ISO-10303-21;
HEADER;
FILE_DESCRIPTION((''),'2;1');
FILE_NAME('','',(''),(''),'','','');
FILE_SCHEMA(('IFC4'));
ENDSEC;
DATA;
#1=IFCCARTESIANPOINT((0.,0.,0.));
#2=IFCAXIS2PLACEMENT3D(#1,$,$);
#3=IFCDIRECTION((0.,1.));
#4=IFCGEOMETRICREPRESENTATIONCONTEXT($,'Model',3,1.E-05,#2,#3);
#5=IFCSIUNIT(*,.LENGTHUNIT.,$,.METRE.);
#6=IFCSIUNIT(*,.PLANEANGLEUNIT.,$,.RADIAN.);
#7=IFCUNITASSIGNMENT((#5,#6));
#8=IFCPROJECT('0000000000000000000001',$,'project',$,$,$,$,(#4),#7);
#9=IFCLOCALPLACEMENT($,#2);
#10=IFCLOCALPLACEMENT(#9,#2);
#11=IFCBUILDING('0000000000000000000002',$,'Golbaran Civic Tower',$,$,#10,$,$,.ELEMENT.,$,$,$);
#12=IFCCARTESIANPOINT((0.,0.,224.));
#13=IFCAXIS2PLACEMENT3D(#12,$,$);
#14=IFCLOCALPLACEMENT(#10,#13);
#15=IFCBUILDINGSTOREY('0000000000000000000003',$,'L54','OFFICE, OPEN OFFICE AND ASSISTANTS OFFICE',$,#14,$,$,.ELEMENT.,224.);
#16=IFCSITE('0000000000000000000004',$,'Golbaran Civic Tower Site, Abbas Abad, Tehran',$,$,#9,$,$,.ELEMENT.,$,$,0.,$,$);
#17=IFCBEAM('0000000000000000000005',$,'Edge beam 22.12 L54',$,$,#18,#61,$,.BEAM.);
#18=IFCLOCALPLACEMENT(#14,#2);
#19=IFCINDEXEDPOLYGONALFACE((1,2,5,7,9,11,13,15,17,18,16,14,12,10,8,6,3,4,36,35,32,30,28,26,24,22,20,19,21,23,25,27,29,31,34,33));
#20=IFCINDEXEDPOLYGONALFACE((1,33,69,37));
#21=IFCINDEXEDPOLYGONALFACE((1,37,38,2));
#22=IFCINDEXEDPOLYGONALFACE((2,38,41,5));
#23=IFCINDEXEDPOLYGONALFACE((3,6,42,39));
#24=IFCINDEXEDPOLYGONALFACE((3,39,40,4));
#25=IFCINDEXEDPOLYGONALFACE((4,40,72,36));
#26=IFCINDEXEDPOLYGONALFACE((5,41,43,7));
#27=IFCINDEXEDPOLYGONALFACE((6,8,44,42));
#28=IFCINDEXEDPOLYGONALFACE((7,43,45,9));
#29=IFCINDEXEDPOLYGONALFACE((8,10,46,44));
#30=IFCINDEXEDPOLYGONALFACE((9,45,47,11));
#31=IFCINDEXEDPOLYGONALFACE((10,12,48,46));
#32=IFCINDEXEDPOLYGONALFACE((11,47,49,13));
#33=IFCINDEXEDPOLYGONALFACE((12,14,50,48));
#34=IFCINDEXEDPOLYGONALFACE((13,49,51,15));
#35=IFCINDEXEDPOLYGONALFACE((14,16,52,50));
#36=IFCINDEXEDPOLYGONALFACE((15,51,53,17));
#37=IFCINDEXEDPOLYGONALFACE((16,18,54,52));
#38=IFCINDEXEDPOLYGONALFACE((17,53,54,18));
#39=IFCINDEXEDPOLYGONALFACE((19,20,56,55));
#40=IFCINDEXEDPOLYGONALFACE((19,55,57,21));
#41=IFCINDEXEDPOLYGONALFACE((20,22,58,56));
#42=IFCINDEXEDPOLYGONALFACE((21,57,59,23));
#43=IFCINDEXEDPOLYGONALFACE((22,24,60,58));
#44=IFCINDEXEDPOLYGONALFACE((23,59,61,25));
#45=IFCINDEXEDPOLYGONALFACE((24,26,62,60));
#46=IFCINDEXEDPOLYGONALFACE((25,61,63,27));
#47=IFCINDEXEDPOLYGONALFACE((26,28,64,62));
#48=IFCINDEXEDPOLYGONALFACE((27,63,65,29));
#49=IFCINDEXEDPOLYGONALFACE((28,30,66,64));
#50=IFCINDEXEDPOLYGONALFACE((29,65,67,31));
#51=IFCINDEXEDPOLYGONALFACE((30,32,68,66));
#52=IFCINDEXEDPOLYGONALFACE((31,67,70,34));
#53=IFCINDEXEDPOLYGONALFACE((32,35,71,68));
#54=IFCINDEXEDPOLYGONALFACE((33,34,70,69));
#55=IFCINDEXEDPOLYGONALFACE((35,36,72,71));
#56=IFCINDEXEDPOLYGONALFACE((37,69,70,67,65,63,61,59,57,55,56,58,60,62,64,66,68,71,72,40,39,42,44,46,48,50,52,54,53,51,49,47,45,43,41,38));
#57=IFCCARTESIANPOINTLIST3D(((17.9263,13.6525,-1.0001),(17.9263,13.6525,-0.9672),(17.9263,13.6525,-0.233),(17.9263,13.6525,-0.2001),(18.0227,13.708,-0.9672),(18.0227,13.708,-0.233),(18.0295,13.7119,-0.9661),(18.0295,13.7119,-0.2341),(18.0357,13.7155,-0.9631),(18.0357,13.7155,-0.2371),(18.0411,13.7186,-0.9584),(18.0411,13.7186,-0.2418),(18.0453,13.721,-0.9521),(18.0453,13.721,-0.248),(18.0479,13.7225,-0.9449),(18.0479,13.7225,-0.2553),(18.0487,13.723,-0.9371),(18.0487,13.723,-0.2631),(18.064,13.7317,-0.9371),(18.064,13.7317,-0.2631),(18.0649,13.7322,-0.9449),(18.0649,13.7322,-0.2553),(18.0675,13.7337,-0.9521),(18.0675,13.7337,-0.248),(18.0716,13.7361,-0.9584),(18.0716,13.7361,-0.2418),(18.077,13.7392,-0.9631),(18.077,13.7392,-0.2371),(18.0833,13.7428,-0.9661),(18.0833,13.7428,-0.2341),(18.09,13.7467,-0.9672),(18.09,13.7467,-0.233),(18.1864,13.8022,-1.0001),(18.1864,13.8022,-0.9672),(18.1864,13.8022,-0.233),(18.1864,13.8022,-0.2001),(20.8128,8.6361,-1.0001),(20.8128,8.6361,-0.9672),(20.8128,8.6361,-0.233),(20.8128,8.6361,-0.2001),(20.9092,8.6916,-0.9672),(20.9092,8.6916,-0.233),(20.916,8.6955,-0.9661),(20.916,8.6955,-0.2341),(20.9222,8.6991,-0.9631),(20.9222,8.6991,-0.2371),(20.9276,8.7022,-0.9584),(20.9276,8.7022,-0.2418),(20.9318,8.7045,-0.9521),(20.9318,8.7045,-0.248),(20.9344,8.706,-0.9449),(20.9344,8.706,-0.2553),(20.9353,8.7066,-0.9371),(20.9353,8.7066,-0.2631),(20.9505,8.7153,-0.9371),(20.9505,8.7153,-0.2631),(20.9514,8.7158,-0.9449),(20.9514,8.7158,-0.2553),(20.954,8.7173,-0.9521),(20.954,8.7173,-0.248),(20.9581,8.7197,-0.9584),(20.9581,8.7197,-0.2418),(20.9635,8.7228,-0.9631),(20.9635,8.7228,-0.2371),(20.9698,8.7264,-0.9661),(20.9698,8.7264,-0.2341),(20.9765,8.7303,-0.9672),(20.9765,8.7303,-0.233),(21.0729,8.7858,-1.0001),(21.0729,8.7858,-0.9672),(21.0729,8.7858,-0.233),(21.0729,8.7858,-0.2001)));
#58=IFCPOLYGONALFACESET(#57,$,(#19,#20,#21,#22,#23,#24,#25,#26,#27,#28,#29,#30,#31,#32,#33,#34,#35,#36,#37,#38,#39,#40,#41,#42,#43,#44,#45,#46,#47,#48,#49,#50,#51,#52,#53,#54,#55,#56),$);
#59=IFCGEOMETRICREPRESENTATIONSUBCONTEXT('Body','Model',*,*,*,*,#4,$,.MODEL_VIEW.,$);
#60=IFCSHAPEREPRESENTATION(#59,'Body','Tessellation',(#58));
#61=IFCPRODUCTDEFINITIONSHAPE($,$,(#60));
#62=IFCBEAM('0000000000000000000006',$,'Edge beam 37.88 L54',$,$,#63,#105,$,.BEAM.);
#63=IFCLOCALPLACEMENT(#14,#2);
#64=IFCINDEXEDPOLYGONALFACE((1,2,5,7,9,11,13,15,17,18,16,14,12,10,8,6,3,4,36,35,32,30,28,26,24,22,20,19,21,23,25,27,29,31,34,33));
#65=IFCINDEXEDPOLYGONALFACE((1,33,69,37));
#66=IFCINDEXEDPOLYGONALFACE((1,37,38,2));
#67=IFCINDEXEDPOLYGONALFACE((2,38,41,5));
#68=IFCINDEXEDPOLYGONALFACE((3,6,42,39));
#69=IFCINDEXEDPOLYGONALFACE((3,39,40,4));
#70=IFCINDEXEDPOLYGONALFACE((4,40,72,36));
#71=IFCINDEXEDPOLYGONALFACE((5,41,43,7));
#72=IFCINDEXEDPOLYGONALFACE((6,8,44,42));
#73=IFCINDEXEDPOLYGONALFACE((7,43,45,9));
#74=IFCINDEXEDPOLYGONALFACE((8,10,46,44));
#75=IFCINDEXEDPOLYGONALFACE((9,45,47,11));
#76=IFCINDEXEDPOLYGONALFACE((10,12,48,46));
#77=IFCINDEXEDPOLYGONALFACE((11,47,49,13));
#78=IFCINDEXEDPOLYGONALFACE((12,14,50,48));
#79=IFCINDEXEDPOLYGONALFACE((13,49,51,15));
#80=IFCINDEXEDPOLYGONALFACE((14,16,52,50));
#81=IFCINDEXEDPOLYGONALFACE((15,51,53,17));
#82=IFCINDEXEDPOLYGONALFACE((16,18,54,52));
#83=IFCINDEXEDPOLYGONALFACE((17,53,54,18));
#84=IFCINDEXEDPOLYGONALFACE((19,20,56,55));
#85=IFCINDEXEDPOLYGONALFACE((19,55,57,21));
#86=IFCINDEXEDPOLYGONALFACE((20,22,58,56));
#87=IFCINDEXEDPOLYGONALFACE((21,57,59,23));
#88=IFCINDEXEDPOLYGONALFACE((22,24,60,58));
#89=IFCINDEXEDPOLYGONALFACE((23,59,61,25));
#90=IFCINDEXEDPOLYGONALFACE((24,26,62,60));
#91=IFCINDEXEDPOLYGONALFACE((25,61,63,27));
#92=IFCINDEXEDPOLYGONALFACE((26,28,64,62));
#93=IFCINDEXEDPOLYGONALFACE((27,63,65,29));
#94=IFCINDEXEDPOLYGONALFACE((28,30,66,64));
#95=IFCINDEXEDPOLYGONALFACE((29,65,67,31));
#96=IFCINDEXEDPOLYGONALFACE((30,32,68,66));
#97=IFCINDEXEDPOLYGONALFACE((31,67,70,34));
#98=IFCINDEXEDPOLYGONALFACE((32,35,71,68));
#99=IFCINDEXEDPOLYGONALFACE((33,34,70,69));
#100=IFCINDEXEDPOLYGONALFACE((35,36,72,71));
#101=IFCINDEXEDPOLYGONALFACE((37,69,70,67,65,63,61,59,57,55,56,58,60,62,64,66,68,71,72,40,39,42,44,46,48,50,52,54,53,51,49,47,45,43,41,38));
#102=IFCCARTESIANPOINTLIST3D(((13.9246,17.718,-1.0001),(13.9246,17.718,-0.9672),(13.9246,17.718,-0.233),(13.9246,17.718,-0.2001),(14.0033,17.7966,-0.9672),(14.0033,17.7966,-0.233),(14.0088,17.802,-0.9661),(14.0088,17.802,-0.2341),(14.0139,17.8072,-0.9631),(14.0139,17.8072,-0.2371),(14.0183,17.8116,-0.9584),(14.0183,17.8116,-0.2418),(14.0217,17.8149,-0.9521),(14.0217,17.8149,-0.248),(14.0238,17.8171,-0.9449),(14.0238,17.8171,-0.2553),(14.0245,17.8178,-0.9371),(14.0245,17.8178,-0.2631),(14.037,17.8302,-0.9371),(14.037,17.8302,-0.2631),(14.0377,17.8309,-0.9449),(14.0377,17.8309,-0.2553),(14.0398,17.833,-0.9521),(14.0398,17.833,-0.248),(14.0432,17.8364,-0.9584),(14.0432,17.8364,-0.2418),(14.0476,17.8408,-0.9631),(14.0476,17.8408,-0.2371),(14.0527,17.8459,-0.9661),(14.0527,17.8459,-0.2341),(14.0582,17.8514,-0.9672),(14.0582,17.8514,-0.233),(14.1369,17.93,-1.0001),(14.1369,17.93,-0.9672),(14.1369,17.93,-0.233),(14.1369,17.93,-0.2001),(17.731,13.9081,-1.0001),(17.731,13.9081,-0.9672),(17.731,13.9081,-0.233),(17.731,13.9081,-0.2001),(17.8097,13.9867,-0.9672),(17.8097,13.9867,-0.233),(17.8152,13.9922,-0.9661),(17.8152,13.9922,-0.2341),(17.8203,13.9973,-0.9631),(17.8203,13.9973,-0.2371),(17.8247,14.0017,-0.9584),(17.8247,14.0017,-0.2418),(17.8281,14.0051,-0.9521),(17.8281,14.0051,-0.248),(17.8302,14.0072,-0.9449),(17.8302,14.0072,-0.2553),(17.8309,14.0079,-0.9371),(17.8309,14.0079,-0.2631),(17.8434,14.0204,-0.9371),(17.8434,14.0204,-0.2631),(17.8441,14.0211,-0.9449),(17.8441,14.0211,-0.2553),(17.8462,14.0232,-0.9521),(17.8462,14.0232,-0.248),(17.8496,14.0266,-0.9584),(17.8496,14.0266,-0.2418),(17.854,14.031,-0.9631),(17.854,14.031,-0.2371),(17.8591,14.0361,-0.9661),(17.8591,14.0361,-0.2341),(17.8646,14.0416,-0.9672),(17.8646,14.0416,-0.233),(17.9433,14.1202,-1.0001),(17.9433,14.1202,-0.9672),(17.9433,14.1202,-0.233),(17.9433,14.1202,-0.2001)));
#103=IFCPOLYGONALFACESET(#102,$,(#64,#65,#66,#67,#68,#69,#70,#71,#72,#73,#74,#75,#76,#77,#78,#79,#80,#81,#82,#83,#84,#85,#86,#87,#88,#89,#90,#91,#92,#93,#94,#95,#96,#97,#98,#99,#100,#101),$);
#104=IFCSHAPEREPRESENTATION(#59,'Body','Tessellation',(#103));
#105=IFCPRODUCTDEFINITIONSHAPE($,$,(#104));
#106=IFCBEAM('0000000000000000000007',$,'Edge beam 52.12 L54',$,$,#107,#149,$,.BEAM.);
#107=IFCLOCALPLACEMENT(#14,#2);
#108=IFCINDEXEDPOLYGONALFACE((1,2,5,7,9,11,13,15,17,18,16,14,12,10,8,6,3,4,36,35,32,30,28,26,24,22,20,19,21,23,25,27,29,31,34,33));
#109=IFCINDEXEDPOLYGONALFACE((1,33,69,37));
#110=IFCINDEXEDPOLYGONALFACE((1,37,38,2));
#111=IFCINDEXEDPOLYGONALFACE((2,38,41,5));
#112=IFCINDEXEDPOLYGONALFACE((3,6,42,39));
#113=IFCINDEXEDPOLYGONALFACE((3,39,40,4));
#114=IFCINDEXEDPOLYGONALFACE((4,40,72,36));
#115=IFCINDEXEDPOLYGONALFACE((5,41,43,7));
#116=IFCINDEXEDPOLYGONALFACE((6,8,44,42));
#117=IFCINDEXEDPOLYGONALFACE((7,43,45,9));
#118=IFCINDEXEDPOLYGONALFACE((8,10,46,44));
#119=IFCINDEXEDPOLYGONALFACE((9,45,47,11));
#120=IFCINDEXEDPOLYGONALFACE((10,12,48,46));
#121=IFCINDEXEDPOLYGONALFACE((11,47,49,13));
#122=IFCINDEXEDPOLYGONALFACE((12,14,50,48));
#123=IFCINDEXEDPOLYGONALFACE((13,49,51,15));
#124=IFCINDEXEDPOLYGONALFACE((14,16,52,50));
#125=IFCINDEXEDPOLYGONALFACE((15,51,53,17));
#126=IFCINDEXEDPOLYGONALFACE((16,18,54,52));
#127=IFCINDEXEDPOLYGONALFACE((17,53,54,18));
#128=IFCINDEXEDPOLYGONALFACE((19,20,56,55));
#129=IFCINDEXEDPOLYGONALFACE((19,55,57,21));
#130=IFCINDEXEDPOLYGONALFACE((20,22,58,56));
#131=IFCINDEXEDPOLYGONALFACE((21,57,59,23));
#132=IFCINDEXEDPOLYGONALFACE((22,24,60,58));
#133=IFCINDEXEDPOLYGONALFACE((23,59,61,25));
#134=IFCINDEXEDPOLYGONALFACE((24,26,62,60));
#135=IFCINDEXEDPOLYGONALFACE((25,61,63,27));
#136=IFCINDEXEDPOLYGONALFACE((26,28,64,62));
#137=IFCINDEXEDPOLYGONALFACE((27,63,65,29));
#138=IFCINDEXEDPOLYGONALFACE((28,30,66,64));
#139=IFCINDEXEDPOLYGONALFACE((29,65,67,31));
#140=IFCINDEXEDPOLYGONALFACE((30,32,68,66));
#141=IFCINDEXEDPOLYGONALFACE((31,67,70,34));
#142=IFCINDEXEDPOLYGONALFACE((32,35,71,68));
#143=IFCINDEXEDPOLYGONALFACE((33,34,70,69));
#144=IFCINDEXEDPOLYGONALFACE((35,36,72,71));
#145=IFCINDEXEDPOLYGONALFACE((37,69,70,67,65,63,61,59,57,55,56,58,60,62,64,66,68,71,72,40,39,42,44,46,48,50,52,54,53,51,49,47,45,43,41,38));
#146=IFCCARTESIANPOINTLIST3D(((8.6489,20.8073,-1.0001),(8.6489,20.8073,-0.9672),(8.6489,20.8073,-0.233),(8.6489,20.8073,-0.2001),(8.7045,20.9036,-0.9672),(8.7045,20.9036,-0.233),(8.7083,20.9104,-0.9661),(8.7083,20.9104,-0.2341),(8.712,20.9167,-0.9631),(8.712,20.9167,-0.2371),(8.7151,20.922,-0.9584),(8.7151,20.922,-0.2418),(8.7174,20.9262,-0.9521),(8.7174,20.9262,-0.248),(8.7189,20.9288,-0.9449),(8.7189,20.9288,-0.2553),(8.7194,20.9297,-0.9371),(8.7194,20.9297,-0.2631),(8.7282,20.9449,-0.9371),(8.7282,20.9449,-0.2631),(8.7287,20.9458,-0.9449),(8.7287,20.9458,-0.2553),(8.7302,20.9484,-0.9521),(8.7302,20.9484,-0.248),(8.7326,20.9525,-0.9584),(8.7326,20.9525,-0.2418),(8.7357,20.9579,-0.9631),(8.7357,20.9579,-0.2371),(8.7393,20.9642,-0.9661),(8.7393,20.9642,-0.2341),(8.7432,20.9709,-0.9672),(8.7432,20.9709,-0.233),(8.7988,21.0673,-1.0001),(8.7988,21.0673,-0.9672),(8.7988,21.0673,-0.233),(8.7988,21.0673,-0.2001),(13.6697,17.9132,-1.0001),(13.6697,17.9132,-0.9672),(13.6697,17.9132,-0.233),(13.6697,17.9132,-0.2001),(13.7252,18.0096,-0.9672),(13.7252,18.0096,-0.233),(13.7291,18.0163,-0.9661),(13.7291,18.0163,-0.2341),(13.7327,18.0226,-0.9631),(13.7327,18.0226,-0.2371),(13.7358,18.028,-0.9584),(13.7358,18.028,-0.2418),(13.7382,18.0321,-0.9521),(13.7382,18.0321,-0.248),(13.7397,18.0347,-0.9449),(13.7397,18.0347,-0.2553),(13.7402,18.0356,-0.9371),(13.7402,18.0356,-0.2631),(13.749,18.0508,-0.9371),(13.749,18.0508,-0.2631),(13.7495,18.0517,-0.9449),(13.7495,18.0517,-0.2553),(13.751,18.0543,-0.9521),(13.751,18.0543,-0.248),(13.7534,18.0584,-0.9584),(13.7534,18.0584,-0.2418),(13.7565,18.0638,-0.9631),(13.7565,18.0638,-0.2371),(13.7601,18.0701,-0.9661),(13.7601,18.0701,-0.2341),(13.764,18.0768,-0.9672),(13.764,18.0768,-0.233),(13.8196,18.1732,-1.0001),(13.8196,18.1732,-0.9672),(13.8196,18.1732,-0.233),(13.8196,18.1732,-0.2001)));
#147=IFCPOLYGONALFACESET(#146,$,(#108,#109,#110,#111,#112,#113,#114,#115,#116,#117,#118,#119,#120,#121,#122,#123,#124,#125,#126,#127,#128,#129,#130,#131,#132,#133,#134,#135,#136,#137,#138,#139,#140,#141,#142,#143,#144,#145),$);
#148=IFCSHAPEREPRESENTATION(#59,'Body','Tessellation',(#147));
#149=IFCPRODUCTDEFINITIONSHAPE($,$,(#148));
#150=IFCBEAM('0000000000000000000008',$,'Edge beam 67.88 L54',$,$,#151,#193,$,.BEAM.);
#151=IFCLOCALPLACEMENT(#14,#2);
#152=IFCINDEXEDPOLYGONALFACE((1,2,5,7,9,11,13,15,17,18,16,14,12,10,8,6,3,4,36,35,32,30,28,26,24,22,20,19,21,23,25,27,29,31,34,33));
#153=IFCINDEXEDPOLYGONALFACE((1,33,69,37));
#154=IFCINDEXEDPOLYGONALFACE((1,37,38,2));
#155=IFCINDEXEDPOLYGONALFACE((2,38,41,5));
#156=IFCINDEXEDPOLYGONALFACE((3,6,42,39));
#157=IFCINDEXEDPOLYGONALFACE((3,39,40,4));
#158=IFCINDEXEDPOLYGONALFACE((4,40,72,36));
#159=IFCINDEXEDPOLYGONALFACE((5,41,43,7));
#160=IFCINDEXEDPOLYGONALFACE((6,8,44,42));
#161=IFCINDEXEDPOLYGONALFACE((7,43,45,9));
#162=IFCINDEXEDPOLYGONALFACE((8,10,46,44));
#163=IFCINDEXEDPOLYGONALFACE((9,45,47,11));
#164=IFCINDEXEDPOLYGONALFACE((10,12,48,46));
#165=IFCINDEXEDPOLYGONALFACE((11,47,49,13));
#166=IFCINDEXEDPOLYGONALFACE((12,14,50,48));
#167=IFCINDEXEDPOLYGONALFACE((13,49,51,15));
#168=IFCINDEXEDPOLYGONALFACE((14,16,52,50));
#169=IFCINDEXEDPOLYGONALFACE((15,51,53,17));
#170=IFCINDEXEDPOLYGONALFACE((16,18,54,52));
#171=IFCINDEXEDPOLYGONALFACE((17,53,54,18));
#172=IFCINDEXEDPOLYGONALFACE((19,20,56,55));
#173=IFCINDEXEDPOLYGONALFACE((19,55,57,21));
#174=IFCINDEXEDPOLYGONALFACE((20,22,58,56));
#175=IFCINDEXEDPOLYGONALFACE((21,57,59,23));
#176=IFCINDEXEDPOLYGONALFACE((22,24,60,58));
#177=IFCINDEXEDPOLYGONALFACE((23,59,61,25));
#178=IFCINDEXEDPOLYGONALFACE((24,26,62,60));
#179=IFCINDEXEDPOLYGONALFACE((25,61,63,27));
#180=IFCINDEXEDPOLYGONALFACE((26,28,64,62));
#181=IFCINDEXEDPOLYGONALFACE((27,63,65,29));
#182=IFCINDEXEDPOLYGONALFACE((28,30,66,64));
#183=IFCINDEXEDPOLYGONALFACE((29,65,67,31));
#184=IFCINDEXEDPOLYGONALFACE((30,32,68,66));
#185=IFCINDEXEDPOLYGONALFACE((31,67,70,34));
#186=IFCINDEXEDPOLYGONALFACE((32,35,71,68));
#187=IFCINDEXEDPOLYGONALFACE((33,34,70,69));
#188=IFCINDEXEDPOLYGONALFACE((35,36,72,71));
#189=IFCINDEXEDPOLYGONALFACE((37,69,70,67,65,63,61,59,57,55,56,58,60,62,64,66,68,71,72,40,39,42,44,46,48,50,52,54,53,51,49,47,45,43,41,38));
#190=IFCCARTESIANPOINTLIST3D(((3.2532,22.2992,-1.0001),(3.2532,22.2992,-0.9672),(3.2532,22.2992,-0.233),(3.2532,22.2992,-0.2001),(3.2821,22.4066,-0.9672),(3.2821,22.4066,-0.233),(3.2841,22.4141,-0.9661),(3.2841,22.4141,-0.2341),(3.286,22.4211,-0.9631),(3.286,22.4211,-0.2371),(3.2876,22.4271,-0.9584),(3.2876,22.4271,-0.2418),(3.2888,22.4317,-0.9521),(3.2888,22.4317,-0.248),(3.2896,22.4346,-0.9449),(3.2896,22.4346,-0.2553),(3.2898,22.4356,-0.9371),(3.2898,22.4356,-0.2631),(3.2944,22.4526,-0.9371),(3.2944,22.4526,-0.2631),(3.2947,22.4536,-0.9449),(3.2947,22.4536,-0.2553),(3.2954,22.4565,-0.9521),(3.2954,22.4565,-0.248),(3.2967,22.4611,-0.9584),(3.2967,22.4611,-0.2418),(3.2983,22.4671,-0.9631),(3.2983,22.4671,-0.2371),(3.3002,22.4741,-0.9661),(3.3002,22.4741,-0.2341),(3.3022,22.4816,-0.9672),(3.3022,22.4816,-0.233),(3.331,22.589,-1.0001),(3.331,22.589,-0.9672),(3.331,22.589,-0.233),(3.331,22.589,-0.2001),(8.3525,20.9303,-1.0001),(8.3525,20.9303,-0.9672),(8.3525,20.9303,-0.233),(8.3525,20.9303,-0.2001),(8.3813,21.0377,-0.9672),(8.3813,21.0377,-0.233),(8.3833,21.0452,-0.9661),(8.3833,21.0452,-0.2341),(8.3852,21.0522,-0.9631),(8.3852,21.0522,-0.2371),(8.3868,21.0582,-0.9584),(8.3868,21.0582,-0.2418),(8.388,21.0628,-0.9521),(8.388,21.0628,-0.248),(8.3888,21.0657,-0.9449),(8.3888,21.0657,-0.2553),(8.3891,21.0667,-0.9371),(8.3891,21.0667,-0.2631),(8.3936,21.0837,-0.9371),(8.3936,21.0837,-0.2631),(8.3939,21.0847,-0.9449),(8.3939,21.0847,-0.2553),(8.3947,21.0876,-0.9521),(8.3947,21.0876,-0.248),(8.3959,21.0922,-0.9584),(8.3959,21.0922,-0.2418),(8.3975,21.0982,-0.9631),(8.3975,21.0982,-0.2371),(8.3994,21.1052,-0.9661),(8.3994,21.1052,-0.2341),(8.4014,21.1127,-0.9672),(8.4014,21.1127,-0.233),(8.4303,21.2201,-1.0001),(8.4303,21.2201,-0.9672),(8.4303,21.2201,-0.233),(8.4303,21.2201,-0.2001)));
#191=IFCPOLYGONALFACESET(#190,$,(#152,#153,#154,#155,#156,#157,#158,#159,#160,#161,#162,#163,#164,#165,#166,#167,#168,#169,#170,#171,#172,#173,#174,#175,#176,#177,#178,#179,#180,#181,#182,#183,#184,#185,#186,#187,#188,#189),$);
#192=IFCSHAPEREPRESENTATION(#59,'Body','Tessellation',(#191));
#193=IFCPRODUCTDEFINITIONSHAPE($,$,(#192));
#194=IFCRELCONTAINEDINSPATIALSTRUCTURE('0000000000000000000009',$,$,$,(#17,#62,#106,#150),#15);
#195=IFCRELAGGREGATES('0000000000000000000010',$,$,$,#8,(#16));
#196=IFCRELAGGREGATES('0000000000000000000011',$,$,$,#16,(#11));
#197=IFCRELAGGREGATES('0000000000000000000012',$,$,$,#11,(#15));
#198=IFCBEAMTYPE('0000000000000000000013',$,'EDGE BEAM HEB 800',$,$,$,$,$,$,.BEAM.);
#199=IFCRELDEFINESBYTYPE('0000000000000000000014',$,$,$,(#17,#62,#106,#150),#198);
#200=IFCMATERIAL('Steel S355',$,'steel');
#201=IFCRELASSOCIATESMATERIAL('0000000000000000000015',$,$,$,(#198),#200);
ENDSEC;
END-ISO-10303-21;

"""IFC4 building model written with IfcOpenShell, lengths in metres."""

from ifc_helpers import new_model, si_unit, direction, frame, origin, origin_2d, place, context, subcontext, project, spatial, i_section, extrude, material, material_profile, profile_set, type_object, element, save


model = new_model("IFC4")

# Units and contexts
model_context = context("Model", 3, precision=1e-05, world=origin(), true_north=direction((0.0, 1.0)))
body_context = subcontext(model_context, "Body", "Model", "MODEL_VIEW")
ifc_project = project(units=[si_unit("LENGTHUNIT", "METRE"), si_unit("PLANEANGLEUNIT", "RADIAN")], contexts=[model_context])

# Site, building, storey
site_placement = place(None, origin())
site = spatial("IfcSite", under=ifc_project, at=site_placement, Name="Golbaran Civic Tower Site, Abbas Abad, Tehran", CompositionType="ELEMENT", RefElevation=0.0)
building_placement = place(site_placement, origin())
building = spatial("IfcBuilding", under=site, at=building_placement, Name="Golbaran Civic Tower", CompositionType="ELEMENT")
storey_placement = place(building_placement, frame((0.0, 0.0, 224.0)))
storey = spatial("IfcBuildingStorey", under=building, at=storey_placement, Name="L54", Description="OFFICE, OPEN OFFICE AND ASSISTANTS OFFICE", CompositionType="ELEMENT", Elevation=224.0)

# Beams
ifc_material_1 = material(Name="Steel S355", Category="steel")
ifc_material_profile_1 = material_profile(ifc_material_1, i_section(OverallWidth=0.3, OverallDepth=0.8, WebThickness=0.0176, FlangeThickness=0.033, FilletRadius=0.03, at=origin_2d()), Name="HEB 800")
ifc_profile_set_1 = profile_set([ifc_material_profile_1], Name="Steel S355")
beam_type_1 = type_object("IfcBeamType", Name="EDGE BEAM HEB 800", PredefinedType="BEAM", material=ifc_profile_set_1)
beam_1_placement = place(storey_placement, frame((20.9429, 8.7109, -0.6001), z_axis=(-0.49874, 0.866752, 0.0), x_axis=(-0.866752, -0.49874, 0.0)))
element("IfcBeam", 1, at=beam_1_placement, inside=storey, type_object=beam_type_1, Name="Edge beam 22.12 L54", PredefinedType="BEAM", context=body_context, shape_type="SweptSolid", body=[
    extrude(i_section(OverallWidth=0.3, OverallDepth=0.8, WebThickness=0.0176, FlangeThickness=0.033, FilletRadius=0.03, at=origin_2d()), origin(), (0.0, 0.0, 1.0), 5.7876),
])
beam_2_placement = place(storey_placement, frame((17.8372, 14.0142, -0.6001), z_axis=(-0.706789, 0.707424, 0.0), x_axis=(-0.707424, -0.706789, 0.0)))
element("IfcBeam", 2, at=beam_2_placement, inside=storey, type_object=beam_type_1, Name="Edge beam 37.88 L54", PredefinedType="BEAM", context=body_context, shape_type="SweptSolid", body=[
    extrude(i_section(OverallWidth=0.3, OverallDepth=0.8, WebThickness=0.0176, FlangeThickness=0.033, FilletRadius=0.03, at=origin_2d()), origin(), (0.0, 0.0, 1.0), 5.3855),
])
beam_3_placement = place(storey_placement, frame((13.7446, 18.0432, -0.6001), z_axis=(-0.866376, 0.499393, 0.0), x_axis=(-0.499393, -0.866376, 0.0)))
element("IfcBeam", 3, at=beam_3_placement, inside=storey, type_object=beam_type_1, Name="Edge beam 52.12 L54", PredefinedType="BEAM", context=body_context, shape_type="SweptSolid", body=[
    extrude(i_section(OverallWidth=0.3, OverallDepth=0.8, WebThickness=0.0176, FlangeThickness=0.033, FilletRadius=0.03, at=origin_2d()), origin(), (0.0, 0.0, 1.0), 5.7952),
])
beam_4_placement = place(storey_placement, frame((8.3914, 21.0752, -0.6001), z_axis=(-0.965803, 0.259277, 0.0), x_axis=(-0.259277, -0.965803, 0.0)))
element("IfcBeam", 4, at=beam_4_placement, inside=storey, type_object=beam_type_1, Name="Edge beam 67.88 L54", PredefinedType="BEAM", context=body_context, shape_type="SweptSolid", body=[
    extrude(i_section(OverallWidth=0.3, OverallDepth=0.8, WebThickness=0.0176, FlangeThickness=0.033, FilletRadius=0.03, at=origin_2d()), origin(), (0.0, 0.0, 1.0), 5.2798),
])

save(model, "model.ifc")
